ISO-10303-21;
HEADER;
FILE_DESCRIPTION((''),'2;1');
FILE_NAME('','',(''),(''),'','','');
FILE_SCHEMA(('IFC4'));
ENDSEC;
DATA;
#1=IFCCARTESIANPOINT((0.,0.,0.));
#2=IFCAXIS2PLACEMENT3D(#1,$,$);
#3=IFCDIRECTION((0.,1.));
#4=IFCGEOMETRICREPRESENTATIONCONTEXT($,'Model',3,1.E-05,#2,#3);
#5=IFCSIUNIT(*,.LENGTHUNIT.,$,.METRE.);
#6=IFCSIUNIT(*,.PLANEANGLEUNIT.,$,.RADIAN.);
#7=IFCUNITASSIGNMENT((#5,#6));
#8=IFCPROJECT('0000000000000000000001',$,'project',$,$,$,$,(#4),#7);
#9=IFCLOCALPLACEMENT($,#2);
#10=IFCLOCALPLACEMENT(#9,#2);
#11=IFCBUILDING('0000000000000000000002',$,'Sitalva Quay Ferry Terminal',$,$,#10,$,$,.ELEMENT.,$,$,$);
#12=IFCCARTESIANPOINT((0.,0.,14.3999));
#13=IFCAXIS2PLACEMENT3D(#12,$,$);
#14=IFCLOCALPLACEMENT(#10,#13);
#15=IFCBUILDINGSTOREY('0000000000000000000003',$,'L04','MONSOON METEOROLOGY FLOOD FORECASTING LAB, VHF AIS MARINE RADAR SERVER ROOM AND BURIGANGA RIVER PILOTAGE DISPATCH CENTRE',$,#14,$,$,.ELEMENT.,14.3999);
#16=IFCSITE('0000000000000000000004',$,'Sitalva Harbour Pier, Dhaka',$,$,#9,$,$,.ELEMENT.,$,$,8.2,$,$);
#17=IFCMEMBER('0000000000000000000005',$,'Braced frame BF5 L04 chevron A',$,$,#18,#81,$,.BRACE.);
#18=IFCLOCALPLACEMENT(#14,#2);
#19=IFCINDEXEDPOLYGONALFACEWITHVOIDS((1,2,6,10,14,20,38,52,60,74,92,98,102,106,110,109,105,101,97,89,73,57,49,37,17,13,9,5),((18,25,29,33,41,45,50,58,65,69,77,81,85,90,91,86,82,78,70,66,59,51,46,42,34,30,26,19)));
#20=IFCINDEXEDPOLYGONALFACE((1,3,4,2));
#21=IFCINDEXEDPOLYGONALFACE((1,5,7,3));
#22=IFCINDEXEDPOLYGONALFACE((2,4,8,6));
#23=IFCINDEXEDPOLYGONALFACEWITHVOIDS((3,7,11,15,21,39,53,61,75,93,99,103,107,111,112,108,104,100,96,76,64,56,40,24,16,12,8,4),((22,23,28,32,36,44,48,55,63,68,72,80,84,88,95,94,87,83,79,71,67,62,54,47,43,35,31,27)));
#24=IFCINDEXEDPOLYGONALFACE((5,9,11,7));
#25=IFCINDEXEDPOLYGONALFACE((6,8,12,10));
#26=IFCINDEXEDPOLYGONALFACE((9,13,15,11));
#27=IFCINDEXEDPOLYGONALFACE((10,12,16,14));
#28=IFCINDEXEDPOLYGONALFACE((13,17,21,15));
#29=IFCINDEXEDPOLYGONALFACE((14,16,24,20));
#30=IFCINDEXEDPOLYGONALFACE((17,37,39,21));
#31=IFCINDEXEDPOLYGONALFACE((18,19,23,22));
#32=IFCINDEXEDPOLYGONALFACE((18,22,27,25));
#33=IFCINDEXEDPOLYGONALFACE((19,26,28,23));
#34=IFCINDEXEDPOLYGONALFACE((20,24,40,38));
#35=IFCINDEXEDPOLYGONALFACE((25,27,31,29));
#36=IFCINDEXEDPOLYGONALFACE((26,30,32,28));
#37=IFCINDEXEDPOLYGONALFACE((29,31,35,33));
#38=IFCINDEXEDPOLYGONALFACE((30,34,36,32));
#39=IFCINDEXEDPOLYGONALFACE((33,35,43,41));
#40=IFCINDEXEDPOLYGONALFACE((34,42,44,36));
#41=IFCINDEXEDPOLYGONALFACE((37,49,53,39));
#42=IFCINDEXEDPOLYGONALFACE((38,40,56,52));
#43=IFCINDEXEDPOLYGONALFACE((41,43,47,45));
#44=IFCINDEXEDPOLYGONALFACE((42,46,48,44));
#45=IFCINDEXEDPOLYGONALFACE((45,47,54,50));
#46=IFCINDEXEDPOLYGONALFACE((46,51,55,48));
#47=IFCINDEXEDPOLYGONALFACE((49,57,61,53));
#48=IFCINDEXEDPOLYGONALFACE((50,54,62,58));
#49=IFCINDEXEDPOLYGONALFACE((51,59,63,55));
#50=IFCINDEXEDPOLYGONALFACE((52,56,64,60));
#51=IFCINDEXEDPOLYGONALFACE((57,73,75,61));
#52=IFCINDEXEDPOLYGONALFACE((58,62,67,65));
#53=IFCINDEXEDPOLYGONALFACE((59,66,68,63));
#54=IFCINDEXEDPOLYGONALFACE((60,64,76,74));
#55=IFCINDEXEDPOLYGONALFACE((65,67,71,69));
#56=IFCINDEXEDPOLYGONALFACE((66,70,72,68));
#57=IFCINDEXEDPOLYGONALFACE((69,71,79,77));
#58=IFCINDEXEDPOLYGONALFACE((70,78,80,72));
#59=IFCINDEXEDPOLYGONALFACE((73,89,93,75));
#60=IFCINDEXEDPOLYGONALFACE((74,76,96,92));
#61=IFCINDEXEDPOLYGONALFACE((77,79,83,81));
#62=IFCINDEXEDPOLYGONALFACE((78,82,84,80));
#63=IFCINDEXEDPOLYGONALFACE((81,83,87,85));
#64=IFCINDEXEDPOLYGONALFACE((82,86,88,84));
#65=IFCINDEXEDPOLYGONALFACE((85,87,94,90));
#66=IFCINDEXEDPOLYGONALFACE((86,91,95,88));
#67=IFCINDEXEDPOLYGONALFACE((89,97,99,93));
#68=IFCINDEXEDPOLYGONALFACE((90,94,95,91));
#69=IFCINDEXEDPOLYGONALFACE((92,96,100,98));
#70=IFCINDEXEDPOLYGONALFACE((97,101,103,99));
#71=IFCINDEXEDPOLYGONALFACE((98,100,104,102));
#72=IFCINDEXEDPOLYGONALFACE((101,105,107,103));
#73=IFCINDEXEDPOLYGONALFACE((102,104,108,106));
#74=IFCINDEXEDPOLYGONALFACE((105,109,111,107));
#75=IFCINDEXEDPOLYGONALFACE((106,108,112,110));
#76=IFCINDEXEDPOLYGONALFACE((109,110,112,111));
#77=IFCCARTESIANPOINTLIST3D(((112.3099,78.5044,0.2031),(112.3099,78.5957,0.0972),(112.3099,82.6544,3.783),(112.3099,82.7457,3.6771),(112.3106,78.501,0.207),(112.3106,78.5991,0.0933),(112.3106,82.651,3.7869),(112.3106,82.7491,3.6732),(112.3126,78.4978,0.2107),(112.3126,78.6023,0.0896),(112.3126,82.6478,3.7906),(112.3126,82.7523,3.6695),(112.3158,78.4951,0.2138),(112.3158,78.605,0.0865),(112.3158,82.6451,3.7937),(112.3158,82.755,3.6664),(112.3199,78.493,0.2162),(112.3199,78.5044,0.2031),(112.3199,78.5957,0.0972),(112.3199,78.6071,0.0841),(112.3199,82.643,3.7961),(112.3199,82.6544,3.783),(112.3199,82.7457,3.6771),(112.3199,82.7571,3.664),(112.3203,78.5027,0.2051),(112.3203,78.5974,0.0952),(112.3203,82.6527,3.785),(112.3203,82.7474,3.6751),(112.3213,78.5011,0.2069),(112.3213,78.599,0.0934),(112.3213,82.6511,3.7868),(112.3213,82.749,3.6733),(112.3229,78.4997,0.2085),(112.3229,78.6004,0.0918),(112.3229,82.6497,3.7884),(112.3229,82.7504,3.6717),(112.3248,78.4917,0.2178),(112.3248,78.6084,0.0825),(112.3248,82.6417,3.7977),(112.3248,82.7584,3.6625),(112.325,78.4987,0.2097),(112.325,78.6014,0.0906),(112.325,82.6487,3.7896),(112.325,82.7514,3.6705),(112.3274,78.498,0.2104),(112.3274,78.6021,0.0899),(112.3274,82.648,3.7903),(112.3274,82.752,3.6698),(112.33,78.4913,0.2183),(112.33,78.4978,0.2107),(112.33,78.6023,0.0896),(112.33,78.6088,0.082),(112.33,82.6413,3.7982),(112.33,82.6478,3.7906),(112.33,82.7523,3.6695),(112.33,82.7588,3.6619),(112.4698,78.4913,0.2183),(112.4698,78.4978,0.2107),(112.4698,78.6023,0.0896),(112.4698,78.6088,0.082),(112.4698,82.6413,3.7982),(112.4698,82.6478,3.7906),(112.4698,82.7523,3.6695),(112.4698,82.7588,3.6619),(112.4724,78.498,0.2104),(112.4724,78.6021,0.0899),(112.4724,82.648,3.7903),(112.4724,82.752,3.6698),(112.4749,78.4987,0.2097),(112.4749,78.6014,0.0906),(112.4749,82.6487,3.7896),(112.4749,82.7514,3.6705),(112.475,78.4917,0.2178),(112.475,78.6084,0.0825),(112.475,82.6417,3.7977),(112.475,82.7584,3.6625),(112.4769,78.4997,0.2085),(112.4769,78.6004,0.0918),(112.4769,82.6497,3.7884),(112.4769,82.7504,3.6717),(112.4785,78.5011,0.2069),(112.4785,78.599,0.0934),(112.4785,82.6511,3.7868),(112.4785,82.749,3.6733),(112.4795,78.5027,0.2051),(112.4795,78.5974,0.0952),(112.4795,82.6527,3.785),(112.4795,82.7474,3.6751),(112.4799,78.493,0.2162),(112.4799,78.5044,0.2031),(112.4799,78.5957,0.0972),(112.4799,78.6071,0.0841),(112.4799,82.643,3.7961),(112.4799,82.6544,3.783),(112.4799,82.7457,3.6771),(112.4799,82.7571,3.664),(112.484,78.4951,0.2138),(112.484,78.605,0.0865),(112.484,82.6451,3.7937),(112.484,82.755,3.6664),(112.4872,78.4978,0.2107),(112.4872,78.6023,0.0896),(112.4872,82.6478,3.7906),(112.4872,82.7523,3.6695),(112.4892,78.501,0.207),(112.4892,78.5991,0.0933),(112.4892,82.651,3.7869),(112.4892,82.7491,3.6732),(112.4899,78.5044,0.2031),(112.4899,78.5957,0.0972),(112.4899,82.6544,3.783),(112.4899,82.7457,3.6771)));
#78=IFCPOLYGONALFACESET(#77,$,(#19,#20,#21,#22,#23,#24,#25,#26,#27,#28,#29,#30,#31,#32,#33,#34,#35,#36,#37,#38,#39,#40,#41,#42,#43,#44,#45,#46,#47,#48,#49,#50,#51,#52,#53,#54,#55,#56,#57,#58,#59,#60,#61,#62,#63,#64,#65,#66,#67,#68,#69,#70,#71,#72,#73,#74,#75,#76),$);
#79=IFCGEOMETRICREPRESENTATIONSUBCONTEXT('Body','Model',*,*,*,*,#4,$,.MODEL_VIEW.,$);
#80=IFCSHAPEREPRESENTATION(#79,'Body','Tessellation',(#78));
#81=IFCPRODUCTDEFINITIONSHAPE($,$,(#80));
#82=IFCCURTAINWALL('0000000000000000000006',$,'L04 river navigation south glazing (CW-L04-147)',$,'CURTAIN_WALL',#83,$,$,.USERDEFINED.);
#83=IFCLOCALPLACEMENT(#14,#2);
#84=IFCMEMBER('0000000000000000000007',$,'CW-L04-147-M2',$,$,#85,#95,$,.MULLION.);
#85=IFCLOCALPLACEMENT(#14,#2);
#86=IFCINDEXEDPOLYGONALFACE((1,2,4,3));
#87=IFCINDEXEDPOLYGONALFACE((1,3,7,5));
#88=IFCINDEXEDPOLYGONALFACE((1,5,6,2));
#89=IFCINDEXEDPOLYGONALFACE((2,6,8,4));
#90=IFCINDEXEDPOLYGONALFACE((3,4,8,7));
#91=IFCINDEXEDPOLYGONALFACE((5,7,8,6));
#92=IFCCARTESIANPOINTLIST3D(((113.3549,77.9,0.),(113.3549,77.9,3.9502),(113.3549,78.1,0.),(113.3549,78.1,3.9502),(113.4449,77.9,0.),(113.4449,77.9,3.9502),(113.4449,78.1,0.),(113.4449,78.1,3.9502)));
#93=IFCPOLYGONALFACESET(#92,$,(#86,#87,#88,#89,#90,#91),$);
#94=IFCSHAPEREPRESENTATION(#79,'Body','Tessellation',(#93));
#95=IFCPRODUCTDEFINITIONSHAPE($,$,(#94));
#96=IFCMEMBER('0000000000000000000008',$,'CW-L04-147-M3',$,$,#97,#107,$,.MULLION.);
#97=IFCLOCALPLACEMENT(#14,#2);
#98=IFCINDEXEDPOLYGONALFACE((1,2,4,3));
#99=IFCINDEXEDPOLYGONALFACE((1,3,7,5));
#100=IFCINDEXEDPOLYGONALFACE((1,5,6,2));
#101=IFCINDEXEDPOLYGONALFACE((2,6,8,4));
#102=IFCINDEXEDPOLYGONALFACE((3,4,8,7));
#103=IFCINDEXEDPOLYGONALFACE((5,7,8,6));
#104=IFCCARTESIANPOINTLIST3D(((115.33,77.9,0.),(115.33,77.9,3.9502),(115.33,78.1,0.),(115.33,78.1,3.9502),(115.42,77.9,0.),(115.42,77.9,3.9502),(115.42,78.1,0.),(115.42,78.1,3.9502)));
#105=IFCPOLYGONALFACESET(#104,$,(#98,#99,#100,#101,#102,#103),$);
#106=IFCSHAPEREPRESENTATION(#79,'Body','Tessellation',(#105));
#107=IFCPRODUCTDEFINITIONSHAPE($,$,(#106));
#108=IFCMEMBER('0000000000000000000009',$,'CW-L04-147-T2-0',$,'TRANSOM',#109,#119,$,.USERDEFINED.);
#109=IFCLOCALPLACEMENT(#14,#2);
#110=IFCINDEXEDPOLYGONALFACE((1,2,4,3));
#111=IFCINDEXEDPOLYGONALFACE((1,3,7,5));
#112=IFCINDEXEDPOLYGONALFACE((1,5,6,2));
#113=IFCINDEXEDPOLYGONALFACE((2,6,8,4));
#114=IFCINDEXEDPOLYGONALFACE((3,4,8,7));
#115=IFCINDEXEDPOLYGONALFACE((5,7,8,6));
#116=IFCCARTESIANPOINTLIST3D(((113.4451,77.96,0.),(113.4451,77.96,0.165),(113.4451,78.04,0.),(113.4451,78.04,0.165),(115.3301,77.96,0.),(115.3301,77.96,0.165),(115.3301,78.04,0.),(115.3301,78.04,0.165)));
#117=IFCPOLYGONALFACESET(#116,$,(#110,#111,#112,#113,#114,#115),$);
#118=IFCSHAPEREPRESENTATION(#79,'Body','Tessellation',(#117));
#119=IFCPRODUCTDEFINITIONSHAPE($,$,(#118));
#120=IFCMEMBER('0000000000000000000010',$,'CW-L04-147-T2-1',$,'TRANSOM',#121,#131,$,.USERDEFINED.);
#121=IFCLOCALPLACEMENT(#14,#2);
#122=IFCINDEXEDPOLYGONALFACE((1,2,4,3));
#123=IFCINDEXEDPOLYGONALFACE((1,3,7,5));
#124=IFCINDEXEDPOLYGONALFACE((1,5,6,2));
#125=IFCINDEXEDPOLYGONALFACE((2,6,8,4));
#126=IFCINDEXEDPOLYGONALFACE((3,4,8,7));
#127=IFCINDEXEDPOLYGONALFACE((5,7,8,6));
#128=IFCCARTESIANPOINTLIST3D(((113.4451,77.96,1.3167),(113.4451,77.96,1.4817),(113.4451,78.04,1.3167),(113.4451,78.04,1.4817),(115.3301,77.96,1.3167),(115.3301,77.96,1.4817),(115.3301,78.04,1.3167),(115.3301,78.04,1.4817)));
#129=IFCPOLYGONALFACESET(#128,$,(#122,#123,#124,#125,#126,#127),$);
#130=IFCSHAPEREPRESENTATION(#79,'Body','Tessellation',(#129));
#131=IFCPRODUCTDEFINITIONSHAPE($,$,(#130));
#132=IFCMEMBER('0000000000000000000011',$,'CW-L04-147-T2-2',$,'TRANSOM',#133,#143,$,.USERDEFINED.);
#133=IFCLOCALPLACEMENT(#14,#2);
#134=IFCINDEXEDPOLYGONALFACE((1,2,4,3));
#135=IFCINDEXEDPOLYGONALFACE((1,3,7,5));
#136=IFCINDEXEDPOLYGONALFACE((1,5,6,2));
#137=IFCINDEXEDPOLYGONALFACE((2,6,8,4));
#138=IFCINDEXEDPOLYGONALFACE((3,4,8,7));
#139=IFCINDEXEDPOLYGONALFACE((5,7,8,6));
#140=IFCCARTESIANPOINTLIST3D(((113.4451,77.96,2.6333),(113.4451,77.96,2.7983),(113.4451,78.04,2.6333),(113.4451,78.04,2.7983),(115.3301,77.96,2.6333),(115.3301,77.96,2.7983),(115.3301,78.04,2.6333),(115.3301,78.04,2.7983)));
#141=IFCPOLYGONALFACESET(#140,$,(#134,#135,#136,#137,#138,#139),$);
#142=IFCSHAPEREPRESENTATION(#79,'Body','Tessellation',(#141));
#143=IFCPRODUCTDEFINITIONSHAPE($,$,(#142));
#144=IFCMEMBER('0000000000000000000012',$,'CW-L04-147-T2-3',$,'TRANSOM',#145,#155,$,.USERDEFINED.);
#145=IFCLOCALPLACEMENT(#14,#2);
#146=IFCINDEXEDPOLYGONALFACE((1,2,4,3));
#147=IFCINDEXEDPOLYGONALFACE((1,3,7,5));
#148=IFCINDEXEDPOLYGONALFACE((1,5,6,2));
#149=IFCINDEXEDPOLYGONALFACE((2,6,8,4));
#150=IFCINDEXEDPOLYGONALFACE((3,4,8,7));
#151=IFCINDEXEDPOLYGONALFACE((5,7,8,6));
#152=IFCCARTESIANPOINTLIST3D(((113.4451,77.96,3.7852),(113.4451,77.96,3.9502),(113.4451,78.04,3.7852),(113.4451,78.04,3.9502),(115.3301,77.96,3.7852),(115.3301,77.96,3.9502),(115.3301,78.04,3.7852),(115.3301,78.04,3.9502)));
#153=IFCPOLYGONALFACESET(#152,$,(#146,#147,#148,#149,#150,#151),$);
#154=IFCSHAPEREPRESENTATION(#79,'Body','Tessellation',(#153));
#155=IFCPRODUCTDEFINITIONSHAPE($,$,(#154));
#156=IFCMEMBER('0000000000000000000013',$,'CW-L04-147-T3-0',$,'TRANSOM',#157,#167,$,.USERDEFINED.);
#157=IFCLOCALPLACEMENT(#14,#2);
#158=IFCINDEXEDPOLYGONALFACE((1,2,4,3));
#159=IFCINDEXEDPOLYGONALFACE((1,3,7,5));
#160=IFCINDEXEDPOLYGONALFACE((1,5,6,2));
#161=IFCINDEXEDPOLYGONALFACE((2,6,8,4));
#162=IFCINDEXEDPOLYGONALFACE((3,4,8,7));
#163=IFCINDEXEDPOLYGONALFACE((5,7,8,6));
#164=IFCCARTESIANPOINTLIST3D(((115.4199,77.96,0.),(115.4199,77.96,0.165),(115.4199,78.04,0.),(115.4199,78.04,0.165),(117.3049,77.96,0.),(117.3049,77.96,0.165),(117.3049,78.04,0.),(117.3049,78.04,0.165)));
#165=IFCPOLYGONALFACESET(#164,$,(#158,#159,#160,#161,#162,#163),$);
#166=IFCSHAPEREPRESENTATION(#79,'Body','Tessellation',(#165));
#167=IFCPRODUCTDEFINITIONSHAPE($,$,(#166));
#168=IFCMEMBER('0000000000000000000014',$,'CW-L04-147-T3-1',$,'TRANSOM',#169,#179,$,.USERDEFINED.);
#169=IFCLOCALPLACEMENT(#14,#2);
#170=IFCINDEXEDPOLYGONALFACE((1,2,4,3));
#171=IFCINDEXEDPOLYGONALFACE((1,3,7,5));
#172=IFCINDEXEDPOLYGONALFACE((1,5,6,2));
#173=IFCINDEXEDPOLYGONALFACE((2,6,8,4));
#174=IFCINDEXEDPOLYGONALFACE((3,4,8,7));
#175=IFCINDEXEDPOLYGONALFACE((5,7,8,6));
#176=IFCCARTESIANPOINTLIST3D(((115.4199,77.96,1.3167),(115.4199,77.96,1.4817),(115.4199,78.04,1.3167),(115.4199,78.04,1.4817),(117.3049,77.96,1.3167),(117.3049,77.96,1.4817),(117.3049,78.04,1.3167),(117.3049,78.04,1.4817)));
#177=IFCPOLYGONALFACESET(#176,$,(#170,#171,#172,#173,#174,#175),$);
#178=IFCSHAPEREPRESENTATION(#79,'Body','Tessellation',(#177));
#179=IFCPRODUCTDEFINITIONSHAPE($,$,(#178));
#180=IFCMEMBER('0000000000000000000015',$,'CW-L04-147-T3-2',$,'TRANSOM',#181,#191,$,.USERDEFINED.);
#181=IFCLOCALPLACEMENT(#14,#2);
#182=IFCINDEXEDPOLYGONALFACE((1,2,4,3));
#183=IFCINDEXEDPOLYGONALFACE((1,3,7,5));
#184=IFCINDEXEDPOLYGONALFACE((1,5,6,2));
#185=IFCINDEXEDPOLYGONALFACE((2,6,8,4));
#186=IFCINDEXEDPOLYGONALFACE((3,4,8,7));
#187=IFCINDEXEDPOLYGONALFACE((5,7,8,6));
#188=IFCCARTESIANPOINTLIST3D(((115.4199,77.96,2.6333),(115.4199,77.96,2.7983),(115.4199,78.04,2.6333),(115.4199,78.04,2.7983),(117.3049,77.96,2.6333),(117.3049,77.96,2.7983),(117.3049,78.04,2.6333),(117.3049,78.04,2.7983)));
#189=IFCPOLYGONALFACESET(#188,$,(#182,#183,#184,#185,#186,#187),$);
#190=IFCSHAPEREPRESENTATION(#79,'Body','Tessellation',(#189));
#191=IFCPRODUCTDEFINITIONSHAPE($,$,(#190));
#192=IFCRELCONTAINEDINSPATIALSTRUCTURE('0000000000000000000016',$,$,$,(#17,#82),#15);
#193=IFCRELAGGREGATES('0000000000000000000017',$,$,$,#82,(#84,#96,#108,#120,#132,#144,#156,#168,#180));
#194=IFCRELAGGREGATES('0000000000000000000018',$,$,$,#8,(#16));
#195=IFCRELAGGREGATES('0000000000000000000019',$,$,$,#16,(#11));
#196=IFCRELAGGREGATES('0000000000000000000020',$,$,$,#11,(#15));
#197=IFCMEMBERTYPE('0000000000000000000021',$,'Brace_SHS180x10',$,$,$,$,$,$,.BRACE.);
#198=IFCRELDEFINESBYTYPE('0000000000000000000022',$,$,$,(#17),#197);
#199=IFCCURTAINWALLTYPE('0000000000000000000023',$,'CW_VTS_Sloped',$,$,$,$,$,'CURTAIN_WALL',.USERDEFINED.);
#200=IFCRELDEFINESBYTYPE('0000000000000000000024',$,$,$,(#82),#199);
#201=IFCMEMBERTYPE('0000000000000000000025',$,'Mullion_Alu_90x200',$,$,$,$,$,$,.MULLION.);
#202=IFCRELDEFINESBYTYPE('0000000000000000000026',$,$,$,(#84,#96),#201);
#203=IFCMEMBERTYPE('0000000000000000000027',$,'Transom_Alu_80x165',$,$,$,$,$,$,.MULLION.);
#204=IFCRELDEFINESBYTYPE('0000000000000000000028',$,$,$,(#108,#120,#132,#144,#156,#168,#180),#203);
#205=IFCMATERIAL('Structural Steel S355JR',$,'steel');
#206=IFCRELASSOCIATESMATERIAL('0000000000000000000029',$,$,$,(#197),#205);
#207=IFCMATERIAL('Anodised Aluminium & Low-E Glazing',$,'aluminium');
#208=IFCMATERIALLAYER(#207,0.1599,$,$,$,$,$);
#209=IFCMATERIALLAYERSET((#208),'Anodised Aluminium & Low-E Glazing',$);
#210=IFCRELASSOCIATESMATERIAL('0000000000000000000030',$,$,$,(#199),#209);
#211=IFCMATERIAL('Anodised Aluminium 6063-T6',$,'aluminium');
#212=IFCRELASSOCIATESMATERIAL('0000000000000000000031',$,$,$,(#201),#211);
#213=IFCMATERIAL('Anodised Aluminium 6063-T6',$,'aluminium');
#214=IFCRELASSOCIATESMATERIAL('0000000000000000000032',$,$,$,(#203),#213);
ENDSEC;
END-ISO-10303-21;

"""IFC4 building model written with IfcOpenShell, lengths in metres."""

from ifc_helpers import new_model, si_unit, direction, frame, origin, origin_2d, place, context, subcontext, project, spatial, rectangle, hollow_rectangle, extrude, material, layer, layer_set, material_profile, profile_set, type_object, element, aggregate, save


model = new_model("IFC4")

# Units and contexts
model_context = context("Model", 3, precision=1e-05, world=origin(), true_north=direction((0.0, 1.0)))
body_context = subcontext(model_context, "Body", "Model", "MODEL_VIEW")
ifc_project = project(units=[si_unit("LENGTHUNIT", "METRE"), si_unit("PLANEANGLEUNIT", "RADIAN")], contexts=[model_context])

# Site, building, storey
site_placement = place(None, origin())
site = spatial("IfcSite", under=ifc_project, at=site_placement, Name="Sitalva Harbour Pier, Dhaka", CompositionType="ELEMENT", RefElevation=8.2)
building_placement = place(site_placement, origin())
building = spatial("IfcBuilding", under=site, at=building_placement, Name="Sitalva Quay Ferry Terminal", CompositionType="ELEMENT")
storey_placement = place(building_placement, frame((0.0, 0.0, 14.3999)))
storey = spatial("IfcBuildingStorey", under=building, at=storey_placement, Name="L04", Description="MONSOON METEOROLOGY FLOOD FORECASTING LAB, VHF AIS MARINE RADAR SERVER ROOM AND BURIGANGA RIVER PILOTAGE DISPATCH CENTRE", CompositionType="ELEMENT", Elevation=14.3999)

# Member
ifc_material_1 = material(Name="Structural Steel S355JR", Category="steel")
ifc_material_profile_1 = material_profile(ifc_material_1, hollow_rectangle(XDim=0.1799, YDim=0.1799, WallThickness=0.01, InnerFilletRadius=0.01, OuterFilletRadius=0.02, at=origin_2d()), Name="SHS180x180x10")
ifc_profile_set_1 = profile_set([ifc_material_profile_1], Name="Structural Steel S355JR")
member_type_1 = type_object("IfcMemberType", Name="Brace_SHS180x10", PredefinedType="BRACE", material=ifc_profile_set_1)
member_1_placement = place(storey_placement, frame((112.3999, 78.55, 0.1501), z_axis=(0.0, 0.757199, 0.653184), x_axis=(-1.0, 0.0, 0.0)))
element("IfcMember", 1, at=member_1_placement, inside=storey, type_object=member_type_1, Name="Braced frame BF5 L04 chevron A", PredefinedType="BRACE", context=body_context, shape_type="SweptSolid", body=[
    extrude(hollow_rectangle(XDim=0.1799, YDim=0.1799, WallThickness=0.01, InnerFilletRadius=0.01, OuterFilletRadius=0.02, at=origin_2d()), origin(), (0.0, 0.0, 1.0), 5.4807),
])

# Curtain wall, members
ifc_material_2 = material(Name="Anodised Aluminium & Low-E Glazing", Category="aluminium")
ifc_layer_1 = layer(ifc_material_2, 0.1599)
ifc_layer_set_1 = layer_set([ifc_layer_1], Name="Anodised Aluminium & Low-E Glazing")
curtain_wall_type = type_object("IfcCurtainWallType", Name="CW_VTS_Sloped", ElementType="CURTAIN_WALL", PredefinedType="USERDEFINED", material=ifc_layer_set_1)
curtain_wall_placement = place(storey_placement, origin())
curtain_wall = element("IfcCurtainWall", 2, at=curtain_wall_placement, inside=storey, type_object=curtain_wall_type, Name="L04 river navigation south glazing (CW-L04-147)", ObjectType="CURTAIN_WALL", PredefinedType="USERDEFINED")
ifc_material_3 = material(Name="Anodised Aluminium 6063-T6", Category="aluminium")
ifc_material_profile_2 = material_profile(ifc_material_3, rectangle(XDim=0.0901, YDim=0.2, at=origin_2d()), Name="ALU90x200")
ifc_profile_set_2 = profile_set([ifc_material_profile_2], Name="Anodised Aluminium 6063-T6")
member_type_2 = type_object("IfcMemberType", Name="Mullion_Alu_90x200", PredefinedType="MULLION", material=ifc_profile_set_2)
member_2_placement = place(storey_placement, frame((113.3999, 78.0, 0.0), z_axis=(0.0, 0.0, 1.0), x_axis=(1.0, 0.0, 0.0)))
member_2 = element("IfcMember", 3, at=member_2_placement, type_object=member_type_2, Name="CW-L04-147-M2", PredefinedType="MULLION", context=body_context, shape_type="SweptSolid", body=[
    extrude(rectangle(XDim=0.0901, YDim=0.2, at=origin_2d()), origin(), (0.0, 0.0, 1.0), 3.9502),
])
member_3_placement = place(storey_placement, frame((115.375, 78.0, 0.0), z_axis=(0.0, 0.0, 1.0), x_axis=(1.0, 0.0, 0.0)))
member_3 = element("IfcMember", 4, at=member_3_placement, type_object=member_type_2, Name="CW-L04-147-M3", PredefinedType="MULLION", context=body_context, shape_type="SweptSolid", body=[
    extrude(rectangle(XDim=0.0901, YDim=0.2, at=origin_2d()), origin(), (0.0, 0.0, 1.0), 3.9502),
])
ifc_material_4 = material(Name="Anodised Aluminium 6063-T6", Category="aluminium")
ifc_material_profile_3 = material_profile(ifc_material_4, rectangle(XDim=0.0801, YDim=0.165, at=origin_2d()), Name="ALU80x165")
ifc_profile_set_3 = profile_set([ifc_material_profile_3], Name="Anodised Aluminium 6063-T6")
member_type_3 = type_object("IfcMemberType", Name="Transom_Alu_80x165", PredefinedType="MULLION", material=ifc_profile_set_3)
member_4_placement = place(storey_placement, frame((113.4451, 78.0, 0.0825), z_axis=(1.0, 0.0, 0.0), x_axis=(0.0, 1.0, 0.0)))
member_4 = element("IfcMember", 5, at=member_4_placement, type_object=member_type_3, Name="CW-L04-147-T2-0", ObjectType="TRANSOM", PredefinedType="USERDEFINED", context=body_context, shape_type="SweptSolid", body=[
    extrude(rectangle(XDim=0.0801, YDim=0.165, at=origin_2d()), origin(), (0.0, 0.0, 1.0), 1.885),
])
member_5_placement = place(storey_placement, frame((113.4451, 78.0, 1.3992), z_axis=(1.0, 0.0, 0.0), x_axis=(0.0, 1.0, 0.0)))
member_5 = element("IfcMember", 6, at=member_5_placement, type_object=member_type_3, Name="CW-L04-147-T2-1", ObjectType="TRANSOM", PredefinedType="USERDEFINED", context=body_context, shape_type="SweptSolid", body=[
    extrude(rectangle(XDim=0.0801, YDim=0.165, at=origin_2d()), origin(), (0.0, 0.0, 1.0), 1.885),
])
member_6_placement = place(storey_placement, frame((113.4451, 78.0, 2.7158), z_axis=(1.0, 0.0, 0.0), x_axis=(0.0, 1.0, 0.0)))
member_6 = element("IfcMember", 7, at=member_6_placement, type_object=member_type_3, Name="CW-L04-147-T2-2", ObjectType="TRANSOM", PredefinedType="USERDEFINED", context=body_context, shape_type="SweptSolid", body=[
    extrude(rectangle(XDim=0.0801, YDim=0.165, at=origin_2d()), origin(), (0.0, 0.0, 1.0), 1.885),
])
member_7_placement = place(storey_placement, frame((113.4451, 78.0, 3.8677), z_axis=(1.0, 0.0, 0.0), x_axis=(0.0, 1.0, 0.0)))
member_7 = element("IfcMember", 8, at=member_7_placement, type_object=member_type_3, Name="CW-L04-147-T2-3", ObjectType="TRANSOM", PredefinedType="USERDEFINED", context=body_context, shape_type="SweptSolid", body=[
    extrude(rectangle(XDim=0.0801, YDim=0.165, at=origin_2d()), origin(), (0.0, 0.0, 1.0), 1.885),
])
member_8_placement = place(storey_placement, frame((115.4199, 78.0, 0.0825), z_axis=(1.0, 0.0, 0.0), x_axis=(0.0, 1.0, 0.0)))
member_8 = element("IfcMember", 9, at=member_8_placement, type_object=member_type_3, Name="CW-L04-147-T3-0", ObjectType="TRANSOM", PredefinedType="USERDEFINED", context=body_context, shape_type="SweptSolid", body=[
    extrude(rectangle(XDim=0.0801, YDim=0.165, at=origin_2d()), origin(), (0.0, 0.0, 1.0), 1.885),
])
member_9_placement = place(storey_placement, frame((115.4199, 78.0, 1.3992), z_axis=(1.0, 0.0, 0.0), x_axis=(0.0, 1.0, 0.0)))
member_9 = element("IfcMember", 10, at=member_9_placement, type_object=member_type_3, Name="CW-L04-147-T3-1", ObjectType="TRANSOM", PredefinedType="USERDEFINED", context=body_context, shape_type="SweptSolid", body=[
    extrude(rectangle(XDim=0.0801, YDim=0.165, at=origin_2d()), origin(), (0.0, 0.0, 1.0), 1.885),
])
member_10_placement = place(storey_placement, frame((115.4199, 78.0, 2.7158), z_axis=(1.0, 0.0, 0.0), x_axis=(0.0, 1.0, 0.0)))
member_10 = element("IfcMember", 11, at=member_10_placement, type_object=member_type_3, Name="CW-L04-147-T3-2", ObjectType="TRANSOM", PredefinedType="USERDEFINED", context=body_context, shape_type="SweptSolid", body=[
    extrude(rectangle(XDim=0.0801, YDim=0.165, at=origin_2d()), origin(), (0.0, 0.0, 1.0), 1.885),
])

aggregate(curtain_wall, [member_2, member_3, member_4, member_5, member_6, member_7, member_8, member_9, member_10])

save(model, "model.ifc")
